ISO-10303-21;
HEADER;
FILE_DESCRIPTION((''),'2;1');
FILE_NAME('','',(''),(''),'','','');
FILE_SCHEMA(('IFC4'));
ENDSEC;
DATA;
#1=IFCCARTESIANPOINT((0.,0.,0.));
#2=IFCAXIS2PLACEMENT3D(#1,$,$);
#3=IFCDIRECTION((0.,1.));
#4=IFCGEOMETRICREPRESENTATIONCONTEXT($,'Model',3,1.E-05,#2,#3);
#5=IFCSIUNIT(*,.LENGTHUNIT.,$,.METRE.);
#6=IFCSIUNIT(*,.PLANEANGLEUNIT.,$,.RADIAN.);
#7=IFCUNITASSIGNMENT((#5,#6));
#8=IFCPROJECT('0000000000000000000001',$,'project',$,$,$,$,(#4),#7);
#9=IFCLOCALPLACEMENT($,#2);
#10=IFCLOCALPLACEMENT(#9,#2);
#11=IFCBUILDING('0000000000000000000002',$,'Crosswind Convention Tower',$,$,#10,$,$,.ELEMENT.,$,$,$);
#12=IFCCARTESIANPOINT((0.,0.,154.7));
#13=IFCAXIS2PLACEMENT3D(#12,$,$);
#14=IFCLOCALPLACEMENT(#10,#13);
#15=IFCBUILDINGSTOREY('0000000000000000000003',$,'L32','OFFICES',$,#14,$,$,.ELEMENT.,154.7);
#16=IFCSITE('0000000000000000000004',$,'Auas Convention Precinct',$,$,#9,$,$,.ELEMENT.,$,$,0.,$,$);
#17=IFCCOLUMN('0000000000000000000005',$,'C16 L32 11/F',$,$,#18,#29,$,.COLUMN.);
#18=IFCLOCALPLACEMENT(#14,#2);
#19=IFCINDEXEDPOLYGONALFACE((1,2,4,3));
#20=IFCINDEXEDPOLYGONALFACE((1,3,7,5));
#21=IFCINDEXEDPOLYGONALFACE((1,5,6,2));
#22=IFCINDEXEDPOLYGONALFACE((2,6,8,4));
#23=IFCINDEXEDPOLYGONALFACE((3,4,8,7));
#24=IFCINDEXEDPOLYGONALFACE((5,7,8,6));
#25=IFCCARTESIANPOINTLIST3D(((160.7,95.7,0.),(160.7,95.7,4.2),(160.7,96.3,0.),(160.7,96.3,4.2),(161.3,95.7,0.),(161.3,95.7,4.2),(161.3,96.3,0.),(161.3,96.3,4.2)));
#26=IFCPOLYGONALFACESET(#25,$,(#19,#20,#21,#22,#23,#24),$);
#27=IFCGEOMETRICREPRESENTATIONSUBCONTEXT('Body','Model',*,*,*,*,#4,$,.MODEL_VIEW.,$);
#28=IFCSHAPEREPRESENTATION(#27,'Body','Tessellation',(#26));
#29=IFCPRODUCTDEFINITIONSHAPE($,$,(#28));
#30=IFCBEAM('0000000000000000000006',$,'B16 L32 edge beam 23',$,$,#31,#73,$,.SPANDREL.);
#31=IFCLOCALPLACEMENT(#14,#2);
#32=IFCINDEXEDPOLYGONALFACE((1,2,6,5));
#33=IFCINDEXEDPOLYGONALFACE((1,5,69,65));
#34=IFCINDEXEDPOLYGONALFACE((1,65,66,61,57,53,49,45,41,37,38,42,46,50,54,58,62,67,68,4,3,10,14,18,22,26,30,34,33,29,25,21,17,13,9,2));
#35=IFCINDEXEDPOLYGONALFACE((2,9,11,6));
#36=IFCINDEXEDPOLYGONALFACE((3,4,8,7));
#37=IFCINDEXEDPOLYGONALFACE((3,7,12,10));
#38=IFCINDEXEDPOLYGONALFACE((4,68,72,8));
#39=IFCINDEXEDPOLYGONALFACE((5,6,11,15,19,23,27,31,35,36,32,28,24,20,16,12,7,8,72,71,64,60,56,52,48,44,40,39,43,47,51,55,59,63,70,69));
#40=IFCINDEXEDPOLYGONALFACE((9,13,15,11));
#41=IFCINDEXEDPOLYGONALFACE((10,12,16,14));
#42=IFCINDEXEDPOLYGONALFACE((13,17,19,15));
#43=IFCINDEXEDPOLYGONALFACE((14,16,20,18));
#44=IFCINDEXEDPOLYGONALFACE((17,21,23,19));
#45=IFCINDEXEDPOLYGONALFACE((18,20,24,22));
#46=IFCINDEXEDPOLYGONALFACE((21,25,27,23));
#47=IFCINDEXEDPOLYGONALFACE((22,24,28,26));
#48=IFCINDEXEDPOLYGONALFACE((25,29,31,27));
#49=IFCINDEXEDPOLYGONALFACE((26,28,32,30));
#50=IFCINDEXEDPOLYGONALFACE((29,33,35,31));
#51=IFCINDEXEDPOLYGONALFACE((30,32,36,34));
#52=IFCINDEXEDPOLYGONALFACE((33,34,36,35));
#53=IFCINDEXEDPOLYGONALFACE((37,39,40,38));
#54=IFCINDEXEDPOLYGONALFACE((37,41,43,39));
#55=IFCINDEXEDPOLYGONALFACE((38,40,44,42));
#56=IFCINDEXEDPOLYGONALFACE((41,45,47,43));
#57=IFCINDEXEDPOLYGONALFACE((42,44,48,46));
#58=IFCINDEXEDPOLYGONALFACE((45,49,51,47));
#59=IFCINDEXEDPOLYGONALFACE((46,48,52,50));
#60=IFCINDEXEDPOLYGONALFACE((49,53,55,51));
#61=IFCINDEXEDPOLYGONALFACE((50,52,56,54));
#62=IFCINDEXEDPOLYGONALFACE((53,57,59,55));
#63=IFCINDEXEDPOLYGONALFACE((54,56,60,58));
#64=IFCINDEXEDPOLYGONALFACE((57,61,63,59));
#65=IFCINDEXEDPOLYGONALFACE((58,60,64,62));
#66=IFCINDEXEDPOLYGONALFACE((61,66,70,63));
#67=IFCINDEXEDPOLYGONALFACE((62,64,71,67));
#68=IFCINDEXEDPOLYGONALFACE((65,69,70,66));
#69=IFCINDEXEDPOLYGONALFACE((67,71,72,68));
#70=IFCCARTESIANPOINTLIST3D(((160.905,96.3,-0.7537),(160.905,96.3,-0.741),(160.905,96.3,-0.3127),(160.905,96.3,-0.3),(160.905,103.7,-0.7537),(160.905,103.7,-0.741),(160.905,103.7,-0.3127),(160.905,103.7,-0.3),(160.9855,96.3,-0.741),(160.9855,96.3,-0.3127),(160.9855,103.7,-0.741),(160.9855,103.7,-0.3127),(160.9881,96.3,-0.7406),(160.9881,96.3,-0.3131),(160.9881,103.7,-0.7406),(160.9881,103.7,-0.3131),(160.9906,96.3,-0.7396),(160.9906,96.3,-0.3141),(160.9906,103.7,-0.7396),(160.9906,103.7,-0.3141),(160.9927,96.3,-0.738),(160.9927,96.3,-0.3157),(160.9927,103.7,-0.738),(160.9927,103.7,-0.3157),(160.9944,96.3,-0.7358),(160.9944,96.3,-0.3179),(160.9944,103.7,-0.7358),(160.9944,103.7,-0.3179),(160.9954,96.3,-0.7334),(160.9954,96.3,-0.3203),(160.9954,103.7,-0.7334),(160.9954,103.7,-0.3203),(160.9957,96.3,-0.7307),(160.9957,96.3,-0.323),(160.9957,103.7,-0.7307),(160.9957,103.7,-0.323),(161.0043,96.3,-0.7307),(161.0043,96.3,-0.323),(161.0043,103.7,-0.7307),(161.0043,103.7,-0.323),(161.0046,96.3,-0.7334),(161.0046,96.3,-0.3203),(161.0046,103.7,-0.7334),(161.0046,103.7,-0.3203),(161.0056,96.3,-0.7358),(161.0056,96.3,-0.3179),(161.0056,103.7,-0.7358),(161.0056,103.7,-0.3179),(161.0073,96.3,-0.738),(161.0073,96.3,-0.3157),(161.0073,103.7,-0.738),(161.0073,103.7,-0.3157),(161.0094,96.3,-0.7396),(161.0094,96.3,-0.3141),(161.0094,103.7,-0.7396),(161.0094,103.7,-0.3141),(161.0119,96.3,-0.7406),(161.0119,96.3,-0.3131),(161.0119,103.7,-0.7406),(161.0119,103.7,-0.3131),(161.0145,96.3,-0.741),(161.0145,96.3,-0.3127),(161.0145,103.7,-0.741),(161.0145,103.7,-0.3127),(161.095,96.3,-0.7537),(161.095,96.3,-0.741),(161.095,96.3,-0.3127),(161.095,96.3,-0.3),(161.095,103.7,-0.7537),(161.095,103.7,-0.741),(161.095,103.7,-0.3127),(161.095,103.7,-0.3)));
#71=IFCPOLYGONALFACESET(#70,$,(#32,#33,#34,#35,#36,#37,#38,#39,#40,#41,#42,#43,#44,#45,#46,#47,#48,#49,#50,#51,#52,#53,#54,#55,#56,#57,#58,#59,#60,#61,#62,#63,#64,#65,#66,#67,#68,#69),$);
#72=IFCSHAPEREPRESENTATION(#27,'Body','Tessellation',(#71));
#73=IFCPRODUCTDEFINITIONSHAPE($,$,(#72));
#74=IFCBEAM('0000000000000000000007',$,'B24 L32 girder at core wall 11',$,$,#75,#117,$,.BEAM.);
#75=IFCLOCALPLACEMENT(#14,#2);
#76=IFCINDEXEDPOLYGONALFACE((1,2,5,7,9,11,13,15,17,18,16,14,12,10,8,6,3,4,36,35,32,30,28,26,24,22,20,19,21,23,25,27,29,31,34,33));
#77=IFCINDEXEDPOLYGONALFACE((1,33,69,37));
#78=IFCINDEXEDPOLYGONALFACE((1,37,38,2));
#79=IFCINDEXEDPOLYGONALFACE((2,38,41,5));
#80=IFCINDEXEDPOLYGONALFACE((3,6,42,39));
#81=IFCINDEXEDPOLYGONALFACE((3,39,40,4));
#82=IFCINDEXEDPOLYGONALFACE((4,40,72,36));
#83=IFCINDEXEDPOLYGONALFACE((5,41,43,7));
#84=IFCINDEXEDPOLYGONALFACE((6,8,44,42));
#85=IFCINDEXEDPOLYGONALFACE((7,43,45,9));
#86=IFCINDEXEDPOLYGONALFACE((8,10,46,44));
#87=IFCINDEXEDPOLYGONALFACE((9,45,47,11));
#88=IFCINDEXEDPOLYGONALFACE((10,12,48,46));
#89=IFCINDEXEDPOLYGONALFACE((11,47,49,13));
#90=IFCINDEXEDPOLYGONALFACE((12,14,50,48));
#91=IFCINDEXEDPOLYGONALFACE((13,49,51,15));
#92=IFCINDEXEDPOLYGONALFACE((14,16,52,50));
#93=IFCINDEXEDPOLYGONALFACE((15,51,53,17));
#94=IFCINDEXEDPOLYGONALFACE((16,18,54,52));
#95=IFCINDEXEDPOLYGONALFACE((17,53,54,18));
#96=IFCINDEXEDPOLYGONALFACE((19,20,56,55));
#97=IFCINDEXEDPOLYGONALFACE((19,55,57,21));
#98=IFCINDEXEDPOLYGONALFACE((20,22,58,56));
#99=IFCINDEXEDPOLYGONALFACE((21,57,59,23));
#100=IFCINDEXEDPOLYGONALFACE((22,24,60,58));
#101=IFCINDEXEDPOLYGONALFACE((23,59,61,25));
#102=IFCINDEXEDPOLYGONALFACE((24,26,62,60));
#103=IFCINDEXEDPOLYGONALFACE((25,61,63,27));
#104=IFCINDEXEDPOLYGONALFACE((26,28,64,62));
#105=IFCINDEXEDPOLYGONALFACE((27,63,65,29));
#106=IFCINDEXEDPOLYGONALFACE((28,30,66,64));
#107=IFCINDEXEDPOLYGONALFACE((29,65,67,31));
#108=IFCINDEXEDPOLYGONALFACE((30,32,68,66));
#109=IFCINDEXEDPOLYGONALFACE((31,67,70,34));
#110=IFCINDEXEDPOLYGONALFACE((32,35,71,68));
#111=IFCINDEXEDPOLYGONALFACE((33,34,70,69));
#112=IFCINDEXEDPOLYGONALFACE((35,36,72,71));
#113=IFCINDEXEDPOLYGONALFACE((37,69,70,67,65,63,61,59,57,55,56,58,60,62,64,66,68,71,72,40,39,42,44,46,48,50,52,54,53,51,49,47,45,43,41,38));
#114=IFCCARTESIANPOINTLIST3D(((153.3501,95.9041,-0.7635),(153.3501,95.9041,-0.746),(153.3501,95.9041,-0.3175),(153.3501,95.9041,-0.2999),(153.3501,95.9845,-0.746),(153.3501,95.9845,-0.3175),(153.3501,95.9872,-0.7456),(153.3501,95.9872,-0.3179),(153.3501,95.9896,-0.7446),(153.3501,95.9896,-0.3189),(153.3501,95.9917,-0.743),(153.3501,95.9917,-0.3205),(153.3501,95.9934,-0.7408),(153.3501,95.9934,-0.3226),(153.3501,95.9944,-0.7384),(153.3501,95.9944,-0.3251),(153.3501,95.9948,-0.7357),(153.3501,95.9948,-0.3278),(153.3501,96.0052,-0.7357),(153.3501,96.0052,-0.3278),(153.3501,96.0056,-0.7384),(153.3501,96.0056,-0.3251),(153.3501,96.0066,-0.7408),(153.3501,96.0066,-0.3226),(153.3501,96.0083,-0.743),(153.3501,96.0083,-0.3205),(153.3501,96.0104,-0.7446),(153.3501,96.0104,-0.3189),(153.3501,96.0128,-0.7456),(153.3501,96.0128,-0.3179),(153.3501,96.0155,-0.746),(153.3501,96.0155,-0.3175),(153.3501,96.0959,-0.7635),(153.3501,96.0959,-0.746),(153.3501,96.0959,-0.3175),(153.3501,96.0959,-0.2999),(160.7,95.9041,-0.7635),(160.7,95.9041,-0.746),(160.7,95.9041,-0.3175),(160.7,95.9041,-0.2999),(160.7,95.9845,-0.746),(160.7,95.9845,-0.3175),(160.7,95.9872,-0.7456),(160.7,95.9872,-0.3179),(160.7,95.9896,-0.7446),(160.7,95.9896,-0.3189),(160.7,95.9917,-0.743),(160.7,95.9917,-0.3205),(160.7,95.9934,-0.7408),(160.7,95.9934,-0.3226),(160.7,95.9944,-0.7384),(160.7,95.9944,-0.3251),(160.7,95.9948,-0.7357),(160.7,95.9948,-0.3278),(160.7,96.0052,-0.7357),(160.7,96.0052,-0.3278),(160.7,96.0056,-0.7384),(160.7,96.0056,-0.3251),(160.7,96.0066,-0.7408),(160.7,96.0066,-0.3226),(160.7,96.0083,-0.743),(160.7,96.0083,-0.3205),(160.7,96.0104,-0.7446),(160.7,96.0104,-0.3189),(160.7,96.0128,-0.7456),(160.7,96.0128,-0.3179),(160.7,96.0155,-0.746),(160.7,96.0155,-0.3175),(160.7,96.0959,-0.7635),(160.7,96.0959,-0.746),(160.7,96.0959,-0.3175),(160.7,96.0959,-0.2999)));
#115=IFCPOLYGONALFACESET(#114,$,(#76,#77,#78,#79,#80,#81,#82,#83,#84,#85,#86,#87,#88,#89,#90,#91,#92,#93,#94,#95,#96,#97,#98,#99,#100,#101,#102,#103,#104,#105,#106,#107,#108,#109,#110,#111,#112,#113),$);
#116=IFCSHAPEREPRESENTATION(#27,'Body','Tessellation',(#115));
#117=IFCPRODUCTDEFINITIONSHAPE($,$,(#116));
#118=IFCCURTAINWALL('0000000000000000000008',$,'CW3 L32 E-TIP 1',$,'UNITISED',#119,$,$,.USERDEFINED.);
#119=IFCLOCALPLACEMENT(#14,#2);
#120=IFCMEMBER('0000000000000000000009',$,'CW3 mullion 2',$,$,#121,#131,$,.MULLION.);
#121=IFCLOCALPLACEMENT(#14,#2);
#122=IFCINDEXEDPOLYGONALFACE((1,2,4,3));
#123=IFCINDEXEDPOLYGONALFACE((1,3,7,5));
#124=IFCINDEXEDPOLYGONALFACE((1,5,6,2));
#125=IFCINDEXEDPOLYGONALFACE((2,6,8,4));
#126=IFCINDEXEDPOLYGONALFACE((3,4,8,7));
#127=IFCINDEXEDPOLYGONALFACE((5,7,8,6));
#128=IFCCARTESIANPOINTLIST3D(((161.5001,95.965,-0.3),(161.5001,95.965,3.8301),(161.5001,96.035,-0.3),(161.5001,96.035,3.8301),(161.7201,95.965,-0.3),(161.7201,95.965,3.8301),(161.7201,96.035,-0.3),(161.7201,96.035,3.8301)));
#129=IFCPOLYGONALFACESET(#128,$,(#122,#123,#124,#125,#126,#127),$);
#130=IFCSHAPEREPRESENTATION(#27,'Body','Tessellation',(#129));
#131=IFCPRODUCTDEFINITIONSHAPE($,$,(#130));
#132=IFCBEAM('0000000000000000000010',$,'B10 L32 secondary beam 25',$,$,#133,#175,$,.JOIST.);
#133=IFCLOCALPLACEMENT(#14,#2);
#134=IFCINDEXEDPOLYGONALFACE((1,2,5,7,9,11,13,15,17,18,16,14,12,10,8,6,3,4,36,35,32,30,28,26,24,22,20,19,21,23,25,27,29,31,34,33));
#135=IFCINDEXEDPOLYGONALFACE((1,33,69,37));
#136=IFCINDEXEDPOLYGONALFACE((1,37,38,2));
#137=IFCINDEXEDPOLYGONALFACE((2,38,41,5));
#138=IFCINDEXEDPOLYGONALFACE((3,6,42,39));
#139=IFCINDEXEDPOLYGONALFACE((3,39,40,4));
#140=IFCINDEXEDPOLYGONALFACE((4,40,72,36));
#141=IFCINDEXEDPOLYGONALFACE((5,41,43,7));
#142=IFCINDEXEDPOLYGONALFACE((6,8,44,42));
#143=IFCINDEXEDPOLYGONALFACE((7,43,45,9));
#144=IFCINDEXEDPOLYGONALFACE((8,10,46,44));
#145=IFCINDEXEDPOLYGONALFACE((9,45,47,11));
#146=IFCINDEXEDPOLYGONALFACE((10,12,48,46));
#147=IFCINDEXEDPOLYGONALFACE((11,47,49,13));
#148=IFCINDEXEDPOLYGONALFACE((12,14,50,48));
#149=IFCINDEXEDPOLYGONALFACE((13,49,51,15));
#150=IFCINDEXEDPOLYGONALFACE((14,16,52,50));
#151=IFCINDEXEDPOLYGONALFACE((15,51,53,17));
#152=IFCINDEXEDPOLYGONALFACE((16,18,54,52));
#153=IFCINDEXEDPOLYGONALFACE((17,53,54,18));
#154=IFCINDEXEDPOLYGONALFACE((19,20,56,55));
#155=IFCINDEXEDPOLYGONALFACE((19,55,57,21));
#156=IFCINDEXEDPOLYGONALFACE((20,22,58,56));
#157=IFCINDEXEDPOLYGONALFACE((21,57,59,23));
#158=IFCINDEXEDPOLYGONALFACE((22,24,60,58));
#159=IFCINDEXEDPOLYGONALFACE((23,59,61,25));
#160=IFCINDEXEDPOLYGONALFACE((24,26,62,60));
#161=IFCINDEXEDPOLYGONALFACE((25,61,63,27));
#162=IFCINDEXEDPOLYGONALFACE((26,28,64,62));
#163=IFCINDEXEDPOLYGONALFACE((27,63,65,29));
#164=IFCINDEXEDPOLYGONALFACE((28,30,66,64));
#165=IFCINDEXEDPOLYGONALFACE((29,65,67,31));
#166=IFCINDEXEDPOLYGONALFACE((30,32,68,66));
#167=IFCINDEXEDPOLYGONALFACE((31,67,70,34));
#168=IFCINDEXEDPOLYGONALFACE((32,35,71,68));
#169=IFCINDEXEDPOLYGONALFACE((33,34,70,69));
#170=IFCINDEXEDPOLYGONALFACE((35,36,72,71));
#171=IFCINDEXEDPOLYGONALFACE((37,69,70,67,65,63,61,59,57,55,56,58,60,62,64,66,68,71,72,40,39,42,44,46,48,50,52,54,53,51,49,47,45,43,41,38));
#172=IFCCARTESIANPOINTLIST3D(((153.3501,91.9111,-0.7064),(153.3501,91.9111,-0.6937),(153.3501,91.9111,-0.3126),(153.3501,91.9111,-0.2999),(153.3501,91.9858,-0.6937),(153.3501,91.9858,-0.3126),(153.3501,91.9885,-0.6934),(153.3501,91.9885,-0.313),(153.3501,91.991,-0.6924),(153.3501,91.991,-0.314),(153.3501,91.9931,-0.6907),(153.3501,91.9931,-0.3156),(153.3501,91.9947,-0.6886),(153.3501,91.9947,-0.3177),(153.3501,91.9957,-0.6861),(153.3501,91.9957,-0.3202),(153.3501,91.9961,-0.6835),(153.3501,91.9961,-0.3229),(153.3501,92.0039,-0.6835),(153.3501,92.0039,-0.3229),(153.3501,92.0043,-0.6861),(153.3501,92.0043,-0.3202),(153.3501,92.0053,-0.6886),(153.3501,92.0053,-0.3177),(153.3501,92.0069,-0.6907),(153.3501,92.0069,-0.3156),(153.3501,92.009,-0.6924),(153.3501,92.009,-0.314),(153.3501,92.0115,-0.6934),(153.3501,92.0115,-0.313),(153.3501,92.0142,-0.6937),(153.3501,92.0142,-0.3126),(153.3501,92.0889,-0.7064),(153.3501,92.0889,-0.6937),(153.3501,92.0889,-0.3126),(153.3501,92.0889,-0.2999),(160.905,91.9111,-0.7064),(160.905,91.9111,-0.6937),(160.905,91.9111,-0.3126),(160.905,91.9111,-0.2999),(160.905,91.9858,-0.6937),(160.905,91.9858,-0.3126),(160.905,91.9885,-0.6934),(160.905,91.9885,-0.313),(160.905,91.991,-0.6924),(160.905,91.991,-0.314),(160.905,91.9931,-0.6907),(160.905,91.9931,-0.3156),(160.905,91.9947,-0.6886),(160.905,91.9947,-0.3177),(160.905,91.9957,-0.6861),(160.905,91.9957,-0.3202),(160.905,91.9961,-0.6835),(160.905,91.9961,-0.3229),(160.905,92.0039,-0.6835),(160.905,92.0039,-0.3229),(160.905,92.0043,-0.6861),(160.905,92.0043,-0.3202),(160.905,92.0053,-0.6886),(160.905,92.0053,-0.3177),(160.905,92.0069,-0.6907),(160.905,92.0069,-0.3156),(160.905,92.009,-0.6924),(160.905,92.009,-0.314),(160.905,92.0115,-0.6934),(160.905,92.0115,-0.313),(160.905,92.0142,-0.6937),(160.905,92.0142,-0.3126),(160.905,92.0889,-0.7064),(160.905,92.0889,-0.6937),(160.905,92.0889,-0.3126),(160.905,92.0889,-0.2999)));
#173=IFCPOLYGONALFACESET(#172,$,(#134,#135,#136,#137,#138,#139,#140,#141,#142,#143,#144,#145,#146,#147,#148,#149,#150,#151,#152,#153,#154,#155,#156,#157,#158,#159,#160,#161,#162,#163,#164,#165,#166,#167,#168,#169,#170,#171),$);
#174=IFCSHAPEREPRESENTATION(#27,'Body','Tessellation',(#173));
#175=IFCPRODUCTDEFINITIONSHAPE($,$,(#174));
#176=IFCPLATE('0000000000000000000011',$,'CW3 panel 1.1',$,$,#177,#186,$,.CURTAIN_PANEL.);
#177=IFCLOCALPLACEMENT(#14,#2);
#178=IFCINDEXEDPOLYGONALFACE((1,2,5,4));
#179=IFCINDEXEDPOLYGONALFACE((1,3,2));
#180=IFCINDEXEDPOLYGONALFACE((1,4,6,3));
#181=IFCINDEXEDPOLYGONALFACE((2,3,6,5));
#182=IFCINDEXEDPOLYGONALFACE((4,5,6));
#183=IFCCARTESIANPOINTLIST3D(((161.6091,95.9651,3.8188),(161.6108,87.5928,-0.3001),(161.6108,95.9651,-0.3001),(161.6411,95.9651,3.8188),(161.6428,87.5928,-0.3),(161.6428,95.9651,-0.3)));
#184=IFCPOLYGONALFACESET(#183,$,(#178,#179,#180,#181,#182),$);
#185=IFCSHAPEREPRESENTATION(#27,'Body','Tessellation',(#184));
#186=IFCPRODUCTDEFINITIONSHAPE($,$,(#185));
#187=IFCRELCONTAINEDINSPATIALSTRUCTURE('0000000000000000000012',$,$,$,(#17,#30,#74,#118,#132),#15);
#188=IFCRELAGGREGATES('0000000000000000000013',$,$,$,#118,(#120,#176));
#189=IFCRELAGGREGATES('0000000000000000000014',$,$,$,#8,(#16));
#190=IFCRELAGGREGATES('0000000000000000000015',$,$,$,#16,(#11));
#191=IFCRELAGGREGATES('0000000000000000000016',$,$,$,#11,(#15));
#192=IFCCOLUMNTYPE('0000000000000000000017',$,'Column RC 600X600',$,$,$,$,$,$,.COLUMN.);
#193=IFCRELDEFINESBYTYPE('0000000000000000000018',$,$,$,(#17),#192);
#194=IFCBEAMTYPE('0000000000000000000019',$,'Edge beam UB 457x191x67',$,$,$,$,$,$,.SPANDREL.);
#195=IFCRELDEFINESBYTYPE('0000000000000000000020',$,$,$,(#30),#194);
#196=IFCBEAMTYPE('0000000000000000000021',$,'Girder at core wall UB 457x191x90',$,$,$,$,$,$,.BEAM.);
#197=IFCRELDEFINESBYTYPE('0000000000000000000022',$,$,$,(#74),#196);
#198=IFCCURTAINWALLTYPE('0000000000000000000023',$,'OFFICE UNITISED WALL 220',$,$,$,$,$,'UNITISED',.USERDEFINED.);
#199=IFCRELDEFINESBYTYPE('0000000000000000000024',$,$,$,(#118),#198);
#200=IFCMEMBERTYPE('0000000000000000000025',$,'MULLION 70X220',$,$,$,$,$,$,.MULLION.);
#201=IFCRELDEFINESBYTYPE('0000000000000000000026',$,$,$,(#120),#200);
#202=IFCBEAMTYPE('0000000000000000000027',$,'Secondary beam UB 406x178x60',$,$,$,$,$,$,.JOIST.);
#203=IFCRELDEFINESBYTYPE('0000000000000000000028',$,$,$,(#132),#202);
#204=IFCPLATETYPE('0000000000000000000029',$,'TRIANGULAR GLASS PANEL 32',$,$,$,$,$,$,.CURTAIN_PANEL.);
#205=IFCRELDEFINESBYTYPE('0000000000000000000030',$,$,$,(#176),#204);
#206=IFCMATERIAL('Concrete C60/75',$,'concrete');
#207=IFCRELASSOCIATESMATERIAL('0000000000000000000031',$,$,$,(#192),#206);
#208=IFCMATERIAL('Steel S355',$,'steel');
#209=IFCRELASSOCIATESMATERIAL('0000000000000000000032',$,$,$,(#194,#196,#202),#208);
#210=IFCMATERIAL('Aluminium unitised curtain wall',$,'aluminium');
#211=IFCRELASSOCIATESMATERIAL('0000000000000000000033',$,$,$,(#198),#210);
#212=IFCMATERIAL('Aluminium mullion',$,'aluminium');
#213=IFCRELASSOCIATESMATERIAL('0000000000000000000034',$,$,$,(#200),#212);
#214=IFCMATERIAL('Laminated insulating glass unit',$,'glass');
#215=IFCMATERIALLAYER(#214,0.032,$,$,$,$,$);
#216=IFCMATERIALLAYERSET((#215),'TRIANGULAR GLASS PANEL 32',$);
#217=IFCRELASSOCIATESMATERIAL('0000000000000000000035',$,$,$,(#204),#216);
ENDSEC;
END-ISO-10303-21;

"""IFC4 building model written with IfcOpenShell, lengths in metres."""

from ifc_helpers import new_model, si_unit, direction, frame, origin, origin_2d, place, context, subcontext, project, spatial, polyline, rectangle, i_section, outline, extrude, material, layer, layer_set, material_profile, profile_set, type_object, element, aggregate, save


model = new_model("IFC4")

# Units and contexts
model_context = context("Model", 3, precision=1e-05, world=origin(), true_north=direction((0.0, 1.0)))
body_context = subcontext(model_context, "Body", "Model", "MODEL_VIEW")
ifc_project = project(units=[si_unit("LENGTHUNIT", "METRE"), si_unit("PLANEANGLEUNIT", "RADIAN")], contexts=[model_context])

# Site, building, storey
site_placement = place(None, origin())
site = spatial("IfcSite", under=ifc_project, at=site_placement, Name="Auas Convention Precinct", CompositionType="ELEMENT", RefElevation=0.0)
building_placement = place(site_placement, origin())
building = spatial("IfcBuilding", under=site, at=building_placement, Name="Crosswind Convention Tower", CompositionType="ELEMENT")
storey_placement = place(building_placement, frame((0.0, 0.0, 154.7)))
storey = spatial("IfcBuildingStorey", under=building, at=storey_placement, Name="L32", Description="OFFICES", CompositionType="ELEMENT", Elevation=154.7)

# Column
ifc_material_1 = material(Name="Concrete C60/75", Category="concrete")
ifc_material_profile_1 = material_profile(ifc_material_1, rectangle(XDim=0.6001, YDim=0.6001, at=origin_2d()), Name="RC 600X600")
ifc_profile_set_1 = profile_set([ifc_material_profile_1], Name="Concrete C60/75")
column_type = type_object("IfcColumnType", Name="Column RC 600X600", PredefinedType="COLUMN", material=ifc_profile_set_1)
column_placement = place(storey_placement, frame((161.0, 96.0, 0.0), z_axis=(0.0, 0.0, 1.0), x_axis=(1.0, 0.0, 0.0)))
element("IfcColumn", 1, at=column_placement, inside=storey, type_object=column_type, Name="C16 L32 11/F", PredefinedType="COLUMN", context=body_context, shape_type="SweptSolid", body=[
    extrude(rectangle(XDim=0.6001, YDim=0.6001, at=origin_2d()), origin(), (0.0, 0.0, 1.0), 4.2),
])

# Beams
ifc_material_2 = material(Name="Steel S355", Category="steel")
ifc_material_profile_2 = material_profile(ifc_material_2, i_section(OverallWidth=0.1899, OverallDepth=0.4536, WebThickness=0.0085, FlangeThickness=0.0127, FilletRadius=0.0103, at=origin_2d()), Name="UB 457x191x67")
ifc_profile_set_2 = profile_set([ifc_material_profile_2], Name="Steel S355")
beam_type_1 = type_object("IfcBeamType", Name="Edge beam UB 457x191x67", PredefinedType="SPANDREL", material=ifc_profile_set_2)
beam_1_placement = place(storey_placement, frame((161.0, 96.3, -0.5269), z_axis=(0.0, 1.0, 0.0), x_axis=(-1.0, 0.0, 0.0)))
element("IfcBeam", 2, at=beam_1_placement, inside=storey, type_object=beam_type_1, Name="B16 L32 edge beam 23", PredefinedType="SPANDREL", context=body_context, shape_type="SweptSolid", body=[
    extrude(i_section(OverallWidth=0.1899, OverallDepth=0.4536, WebThickness=0.0085, FlangeThickness=0.0127, FilletRadius=0.0103, at=origin_2d()), origin(), (0.0, 0.0, 1.0), 7.3999),
])
ifc_material_profile_3 = material_profile(ifc_material_2, i_section(OverallWidth=0.1919, OverallDepth=0.4636, WebThickness=0.0105, FlangeThickness=0.0176, FilletRadius=0.0103, at=origin_2d()), Name="UB 457x191x90")
ifc_profile_set_3 = profile_set([ifc_material_profile_3], Name="Steel S355")
beam_type_2 = type_object("IfcBeamType", Name="Girder at core wall UB 457x191x90", PredefinedType="BEAM", material=ifc_profile_set_3)
beam_2_placement = place(storey_placement, frame((153.3501, 96.0, -0.5317), z_axis=(1.0, 0.0, 0.0), x_axis=(0.0, 1.0, 0.0)))
element("IfcBeam", 3, at=beam_2_placement, inside=storey, type_object=beam_type_2, Name="B24 L32 girder at core wall 11", PredefinedType="BEAM", context=body_context, shape_type="SweptSolid", body=[
    extrude(i_section(OverallWidth=0.1919, OverallDepth=0.4636, WebThickness=0.0105, FlangeThickness=0.0176, FilletRadius=0.0103, at=origin_2d()), origin(), (0.0, 0.0, 1.0), 7.3499),
])

# Curtain wall, member
ifc_material_3 = material(Name="Aluminium unitised curtain wall", Category="aluminium")
curtain_wall_type = type_object("IfcCurtainWallType", Name="OFFICE UNITISED WALL 220", ElementType="UNITISED", PredefinedType="USERDEFINED", material=ifc_material_3)
curtain_wall_placement = place(storey_placement, origin())
curtain_wall = element("IfcCurtainWall", 4, at=curtain_wall_placement, inside=storey, type_object=curtain_wall_type, Name="CW3 L32 E-TIP 1", ObjectType="UNITISED", PredefinedType="USERDEFINED")
ifc_material_4 = material(Name="Aluminium mullion", Category="aluminium")
ifc_material_profile_4 = material_profile(ifc_material_4, rectangle(XDim=0.22, YDim=0.0701, at=origin_2d()), Name="AL 220X70")
ifc_profile_set_4 = profile_set([ifc_material_profile_4], Name="Aluminium mullion")
member_type = type_object("IfcMemberType", Name="MULLION 70X220", PredefinedType="MULLION", material=ifc_profile_set_4)
member_placement = place(storey_placement, frame((161.6101, 96.0, -0.3), z_axis=(0.0, 0.0, 1.0), x_axis=(1.0, 0.0, 0.0)))
member = element("IfcMember", 5, at=member_placement, type_object=member_type, Name="CW3 mullion 2", PredefinedType="MULLION", context=body_context, shape_type="SweptSolid", body=[
    extrude(rectangle(XDim=0.22, YDim=0.0701, at=origin_2d()), origin(), (0.0, 0.0, 1.0), 4.1301),
])

# Beam
ifc_material_profile_5 = material_profile(ifc_material_2, i_section(OverallWidth=0.1777, OverallDepth=0.4065, WebThickness=0.0078, FlangeThickness=0.0127, FilletRadius=0.0103, at=origin_2d()), Name="UB 406x178x60")
ifc_profile_set_5 = profile_set([ifc_material_profile_5], Name="Steel S355")
beam_type_3 = type_object("IfcBeamType", Name="Secondary beam UB 406x178x60", PredefinedType="JOIST", material=ifc_profile_set_5)
beam_3_placement = place(storey_placement, frame((153.3501, 92.0, -0.5032), z_axis=(1.0, 0.0, 0.0), x_axis=(0.0, 1.0, 0.0)))
element("IfcBeam", 6, at=beam_3_placement, inside=storey, type_object=beam_type_3, Name="B10 L32 secondary beam 25", PredefinedType="JOIST", context=body_context, shape_type="SweptSolid", body=[
    extrude(i_section(OverallWidth=0.1777, OverallDepth=0.4065, WebThickness=0.0078, FlangeThickness=0.0127, FilletRadius=0.0103, at=origin_2d()), origin(), (0.0, 0.0, 1.0), 7.5549),
])

# Plate
ifc_material_5 = material(Name="Laminated insulating glass unit", Category="glass")
ifc_layer_1 = layer(ifc_material_5, 0.032)
ifc_layer_set_1 = layer_set([ifc_layer_1], Name="TRIANGULAR GLASS PANEL 32")
plate_type = type_object("IfcPlateType", Name="TRIANGULAR GLASS PANEL 32", PredefinedType="CURTAIN_PANEL", material=ifc_layer_set_1)
plate_1_placement = place(storey_placement, frame((161.6428, 95.9651, -0.3), z_axis=(1.0, 0.0, 0.000415), x_axis=(-0.000415, 0.0, 1.0)))
plate_1 = element("IfcPlate", 7, at=plate_1_placement, type_object=plate_type, Name="CW3 panel 1.1", PredefinedType="CURTAIN_PANEL", context=body_context, shape_type="SweptSolid", body=[
    extrude(outline(polyline([(0.0, 0.0), (4.1189, 0.0), (0.0, 8.3723), (0.0, 0.0)])), origin(), (0.0, 0.0, -1.0), 0.032),
])
aggregate(curtain_wall, [member, plate_1])

save(model, "model.ifc")
